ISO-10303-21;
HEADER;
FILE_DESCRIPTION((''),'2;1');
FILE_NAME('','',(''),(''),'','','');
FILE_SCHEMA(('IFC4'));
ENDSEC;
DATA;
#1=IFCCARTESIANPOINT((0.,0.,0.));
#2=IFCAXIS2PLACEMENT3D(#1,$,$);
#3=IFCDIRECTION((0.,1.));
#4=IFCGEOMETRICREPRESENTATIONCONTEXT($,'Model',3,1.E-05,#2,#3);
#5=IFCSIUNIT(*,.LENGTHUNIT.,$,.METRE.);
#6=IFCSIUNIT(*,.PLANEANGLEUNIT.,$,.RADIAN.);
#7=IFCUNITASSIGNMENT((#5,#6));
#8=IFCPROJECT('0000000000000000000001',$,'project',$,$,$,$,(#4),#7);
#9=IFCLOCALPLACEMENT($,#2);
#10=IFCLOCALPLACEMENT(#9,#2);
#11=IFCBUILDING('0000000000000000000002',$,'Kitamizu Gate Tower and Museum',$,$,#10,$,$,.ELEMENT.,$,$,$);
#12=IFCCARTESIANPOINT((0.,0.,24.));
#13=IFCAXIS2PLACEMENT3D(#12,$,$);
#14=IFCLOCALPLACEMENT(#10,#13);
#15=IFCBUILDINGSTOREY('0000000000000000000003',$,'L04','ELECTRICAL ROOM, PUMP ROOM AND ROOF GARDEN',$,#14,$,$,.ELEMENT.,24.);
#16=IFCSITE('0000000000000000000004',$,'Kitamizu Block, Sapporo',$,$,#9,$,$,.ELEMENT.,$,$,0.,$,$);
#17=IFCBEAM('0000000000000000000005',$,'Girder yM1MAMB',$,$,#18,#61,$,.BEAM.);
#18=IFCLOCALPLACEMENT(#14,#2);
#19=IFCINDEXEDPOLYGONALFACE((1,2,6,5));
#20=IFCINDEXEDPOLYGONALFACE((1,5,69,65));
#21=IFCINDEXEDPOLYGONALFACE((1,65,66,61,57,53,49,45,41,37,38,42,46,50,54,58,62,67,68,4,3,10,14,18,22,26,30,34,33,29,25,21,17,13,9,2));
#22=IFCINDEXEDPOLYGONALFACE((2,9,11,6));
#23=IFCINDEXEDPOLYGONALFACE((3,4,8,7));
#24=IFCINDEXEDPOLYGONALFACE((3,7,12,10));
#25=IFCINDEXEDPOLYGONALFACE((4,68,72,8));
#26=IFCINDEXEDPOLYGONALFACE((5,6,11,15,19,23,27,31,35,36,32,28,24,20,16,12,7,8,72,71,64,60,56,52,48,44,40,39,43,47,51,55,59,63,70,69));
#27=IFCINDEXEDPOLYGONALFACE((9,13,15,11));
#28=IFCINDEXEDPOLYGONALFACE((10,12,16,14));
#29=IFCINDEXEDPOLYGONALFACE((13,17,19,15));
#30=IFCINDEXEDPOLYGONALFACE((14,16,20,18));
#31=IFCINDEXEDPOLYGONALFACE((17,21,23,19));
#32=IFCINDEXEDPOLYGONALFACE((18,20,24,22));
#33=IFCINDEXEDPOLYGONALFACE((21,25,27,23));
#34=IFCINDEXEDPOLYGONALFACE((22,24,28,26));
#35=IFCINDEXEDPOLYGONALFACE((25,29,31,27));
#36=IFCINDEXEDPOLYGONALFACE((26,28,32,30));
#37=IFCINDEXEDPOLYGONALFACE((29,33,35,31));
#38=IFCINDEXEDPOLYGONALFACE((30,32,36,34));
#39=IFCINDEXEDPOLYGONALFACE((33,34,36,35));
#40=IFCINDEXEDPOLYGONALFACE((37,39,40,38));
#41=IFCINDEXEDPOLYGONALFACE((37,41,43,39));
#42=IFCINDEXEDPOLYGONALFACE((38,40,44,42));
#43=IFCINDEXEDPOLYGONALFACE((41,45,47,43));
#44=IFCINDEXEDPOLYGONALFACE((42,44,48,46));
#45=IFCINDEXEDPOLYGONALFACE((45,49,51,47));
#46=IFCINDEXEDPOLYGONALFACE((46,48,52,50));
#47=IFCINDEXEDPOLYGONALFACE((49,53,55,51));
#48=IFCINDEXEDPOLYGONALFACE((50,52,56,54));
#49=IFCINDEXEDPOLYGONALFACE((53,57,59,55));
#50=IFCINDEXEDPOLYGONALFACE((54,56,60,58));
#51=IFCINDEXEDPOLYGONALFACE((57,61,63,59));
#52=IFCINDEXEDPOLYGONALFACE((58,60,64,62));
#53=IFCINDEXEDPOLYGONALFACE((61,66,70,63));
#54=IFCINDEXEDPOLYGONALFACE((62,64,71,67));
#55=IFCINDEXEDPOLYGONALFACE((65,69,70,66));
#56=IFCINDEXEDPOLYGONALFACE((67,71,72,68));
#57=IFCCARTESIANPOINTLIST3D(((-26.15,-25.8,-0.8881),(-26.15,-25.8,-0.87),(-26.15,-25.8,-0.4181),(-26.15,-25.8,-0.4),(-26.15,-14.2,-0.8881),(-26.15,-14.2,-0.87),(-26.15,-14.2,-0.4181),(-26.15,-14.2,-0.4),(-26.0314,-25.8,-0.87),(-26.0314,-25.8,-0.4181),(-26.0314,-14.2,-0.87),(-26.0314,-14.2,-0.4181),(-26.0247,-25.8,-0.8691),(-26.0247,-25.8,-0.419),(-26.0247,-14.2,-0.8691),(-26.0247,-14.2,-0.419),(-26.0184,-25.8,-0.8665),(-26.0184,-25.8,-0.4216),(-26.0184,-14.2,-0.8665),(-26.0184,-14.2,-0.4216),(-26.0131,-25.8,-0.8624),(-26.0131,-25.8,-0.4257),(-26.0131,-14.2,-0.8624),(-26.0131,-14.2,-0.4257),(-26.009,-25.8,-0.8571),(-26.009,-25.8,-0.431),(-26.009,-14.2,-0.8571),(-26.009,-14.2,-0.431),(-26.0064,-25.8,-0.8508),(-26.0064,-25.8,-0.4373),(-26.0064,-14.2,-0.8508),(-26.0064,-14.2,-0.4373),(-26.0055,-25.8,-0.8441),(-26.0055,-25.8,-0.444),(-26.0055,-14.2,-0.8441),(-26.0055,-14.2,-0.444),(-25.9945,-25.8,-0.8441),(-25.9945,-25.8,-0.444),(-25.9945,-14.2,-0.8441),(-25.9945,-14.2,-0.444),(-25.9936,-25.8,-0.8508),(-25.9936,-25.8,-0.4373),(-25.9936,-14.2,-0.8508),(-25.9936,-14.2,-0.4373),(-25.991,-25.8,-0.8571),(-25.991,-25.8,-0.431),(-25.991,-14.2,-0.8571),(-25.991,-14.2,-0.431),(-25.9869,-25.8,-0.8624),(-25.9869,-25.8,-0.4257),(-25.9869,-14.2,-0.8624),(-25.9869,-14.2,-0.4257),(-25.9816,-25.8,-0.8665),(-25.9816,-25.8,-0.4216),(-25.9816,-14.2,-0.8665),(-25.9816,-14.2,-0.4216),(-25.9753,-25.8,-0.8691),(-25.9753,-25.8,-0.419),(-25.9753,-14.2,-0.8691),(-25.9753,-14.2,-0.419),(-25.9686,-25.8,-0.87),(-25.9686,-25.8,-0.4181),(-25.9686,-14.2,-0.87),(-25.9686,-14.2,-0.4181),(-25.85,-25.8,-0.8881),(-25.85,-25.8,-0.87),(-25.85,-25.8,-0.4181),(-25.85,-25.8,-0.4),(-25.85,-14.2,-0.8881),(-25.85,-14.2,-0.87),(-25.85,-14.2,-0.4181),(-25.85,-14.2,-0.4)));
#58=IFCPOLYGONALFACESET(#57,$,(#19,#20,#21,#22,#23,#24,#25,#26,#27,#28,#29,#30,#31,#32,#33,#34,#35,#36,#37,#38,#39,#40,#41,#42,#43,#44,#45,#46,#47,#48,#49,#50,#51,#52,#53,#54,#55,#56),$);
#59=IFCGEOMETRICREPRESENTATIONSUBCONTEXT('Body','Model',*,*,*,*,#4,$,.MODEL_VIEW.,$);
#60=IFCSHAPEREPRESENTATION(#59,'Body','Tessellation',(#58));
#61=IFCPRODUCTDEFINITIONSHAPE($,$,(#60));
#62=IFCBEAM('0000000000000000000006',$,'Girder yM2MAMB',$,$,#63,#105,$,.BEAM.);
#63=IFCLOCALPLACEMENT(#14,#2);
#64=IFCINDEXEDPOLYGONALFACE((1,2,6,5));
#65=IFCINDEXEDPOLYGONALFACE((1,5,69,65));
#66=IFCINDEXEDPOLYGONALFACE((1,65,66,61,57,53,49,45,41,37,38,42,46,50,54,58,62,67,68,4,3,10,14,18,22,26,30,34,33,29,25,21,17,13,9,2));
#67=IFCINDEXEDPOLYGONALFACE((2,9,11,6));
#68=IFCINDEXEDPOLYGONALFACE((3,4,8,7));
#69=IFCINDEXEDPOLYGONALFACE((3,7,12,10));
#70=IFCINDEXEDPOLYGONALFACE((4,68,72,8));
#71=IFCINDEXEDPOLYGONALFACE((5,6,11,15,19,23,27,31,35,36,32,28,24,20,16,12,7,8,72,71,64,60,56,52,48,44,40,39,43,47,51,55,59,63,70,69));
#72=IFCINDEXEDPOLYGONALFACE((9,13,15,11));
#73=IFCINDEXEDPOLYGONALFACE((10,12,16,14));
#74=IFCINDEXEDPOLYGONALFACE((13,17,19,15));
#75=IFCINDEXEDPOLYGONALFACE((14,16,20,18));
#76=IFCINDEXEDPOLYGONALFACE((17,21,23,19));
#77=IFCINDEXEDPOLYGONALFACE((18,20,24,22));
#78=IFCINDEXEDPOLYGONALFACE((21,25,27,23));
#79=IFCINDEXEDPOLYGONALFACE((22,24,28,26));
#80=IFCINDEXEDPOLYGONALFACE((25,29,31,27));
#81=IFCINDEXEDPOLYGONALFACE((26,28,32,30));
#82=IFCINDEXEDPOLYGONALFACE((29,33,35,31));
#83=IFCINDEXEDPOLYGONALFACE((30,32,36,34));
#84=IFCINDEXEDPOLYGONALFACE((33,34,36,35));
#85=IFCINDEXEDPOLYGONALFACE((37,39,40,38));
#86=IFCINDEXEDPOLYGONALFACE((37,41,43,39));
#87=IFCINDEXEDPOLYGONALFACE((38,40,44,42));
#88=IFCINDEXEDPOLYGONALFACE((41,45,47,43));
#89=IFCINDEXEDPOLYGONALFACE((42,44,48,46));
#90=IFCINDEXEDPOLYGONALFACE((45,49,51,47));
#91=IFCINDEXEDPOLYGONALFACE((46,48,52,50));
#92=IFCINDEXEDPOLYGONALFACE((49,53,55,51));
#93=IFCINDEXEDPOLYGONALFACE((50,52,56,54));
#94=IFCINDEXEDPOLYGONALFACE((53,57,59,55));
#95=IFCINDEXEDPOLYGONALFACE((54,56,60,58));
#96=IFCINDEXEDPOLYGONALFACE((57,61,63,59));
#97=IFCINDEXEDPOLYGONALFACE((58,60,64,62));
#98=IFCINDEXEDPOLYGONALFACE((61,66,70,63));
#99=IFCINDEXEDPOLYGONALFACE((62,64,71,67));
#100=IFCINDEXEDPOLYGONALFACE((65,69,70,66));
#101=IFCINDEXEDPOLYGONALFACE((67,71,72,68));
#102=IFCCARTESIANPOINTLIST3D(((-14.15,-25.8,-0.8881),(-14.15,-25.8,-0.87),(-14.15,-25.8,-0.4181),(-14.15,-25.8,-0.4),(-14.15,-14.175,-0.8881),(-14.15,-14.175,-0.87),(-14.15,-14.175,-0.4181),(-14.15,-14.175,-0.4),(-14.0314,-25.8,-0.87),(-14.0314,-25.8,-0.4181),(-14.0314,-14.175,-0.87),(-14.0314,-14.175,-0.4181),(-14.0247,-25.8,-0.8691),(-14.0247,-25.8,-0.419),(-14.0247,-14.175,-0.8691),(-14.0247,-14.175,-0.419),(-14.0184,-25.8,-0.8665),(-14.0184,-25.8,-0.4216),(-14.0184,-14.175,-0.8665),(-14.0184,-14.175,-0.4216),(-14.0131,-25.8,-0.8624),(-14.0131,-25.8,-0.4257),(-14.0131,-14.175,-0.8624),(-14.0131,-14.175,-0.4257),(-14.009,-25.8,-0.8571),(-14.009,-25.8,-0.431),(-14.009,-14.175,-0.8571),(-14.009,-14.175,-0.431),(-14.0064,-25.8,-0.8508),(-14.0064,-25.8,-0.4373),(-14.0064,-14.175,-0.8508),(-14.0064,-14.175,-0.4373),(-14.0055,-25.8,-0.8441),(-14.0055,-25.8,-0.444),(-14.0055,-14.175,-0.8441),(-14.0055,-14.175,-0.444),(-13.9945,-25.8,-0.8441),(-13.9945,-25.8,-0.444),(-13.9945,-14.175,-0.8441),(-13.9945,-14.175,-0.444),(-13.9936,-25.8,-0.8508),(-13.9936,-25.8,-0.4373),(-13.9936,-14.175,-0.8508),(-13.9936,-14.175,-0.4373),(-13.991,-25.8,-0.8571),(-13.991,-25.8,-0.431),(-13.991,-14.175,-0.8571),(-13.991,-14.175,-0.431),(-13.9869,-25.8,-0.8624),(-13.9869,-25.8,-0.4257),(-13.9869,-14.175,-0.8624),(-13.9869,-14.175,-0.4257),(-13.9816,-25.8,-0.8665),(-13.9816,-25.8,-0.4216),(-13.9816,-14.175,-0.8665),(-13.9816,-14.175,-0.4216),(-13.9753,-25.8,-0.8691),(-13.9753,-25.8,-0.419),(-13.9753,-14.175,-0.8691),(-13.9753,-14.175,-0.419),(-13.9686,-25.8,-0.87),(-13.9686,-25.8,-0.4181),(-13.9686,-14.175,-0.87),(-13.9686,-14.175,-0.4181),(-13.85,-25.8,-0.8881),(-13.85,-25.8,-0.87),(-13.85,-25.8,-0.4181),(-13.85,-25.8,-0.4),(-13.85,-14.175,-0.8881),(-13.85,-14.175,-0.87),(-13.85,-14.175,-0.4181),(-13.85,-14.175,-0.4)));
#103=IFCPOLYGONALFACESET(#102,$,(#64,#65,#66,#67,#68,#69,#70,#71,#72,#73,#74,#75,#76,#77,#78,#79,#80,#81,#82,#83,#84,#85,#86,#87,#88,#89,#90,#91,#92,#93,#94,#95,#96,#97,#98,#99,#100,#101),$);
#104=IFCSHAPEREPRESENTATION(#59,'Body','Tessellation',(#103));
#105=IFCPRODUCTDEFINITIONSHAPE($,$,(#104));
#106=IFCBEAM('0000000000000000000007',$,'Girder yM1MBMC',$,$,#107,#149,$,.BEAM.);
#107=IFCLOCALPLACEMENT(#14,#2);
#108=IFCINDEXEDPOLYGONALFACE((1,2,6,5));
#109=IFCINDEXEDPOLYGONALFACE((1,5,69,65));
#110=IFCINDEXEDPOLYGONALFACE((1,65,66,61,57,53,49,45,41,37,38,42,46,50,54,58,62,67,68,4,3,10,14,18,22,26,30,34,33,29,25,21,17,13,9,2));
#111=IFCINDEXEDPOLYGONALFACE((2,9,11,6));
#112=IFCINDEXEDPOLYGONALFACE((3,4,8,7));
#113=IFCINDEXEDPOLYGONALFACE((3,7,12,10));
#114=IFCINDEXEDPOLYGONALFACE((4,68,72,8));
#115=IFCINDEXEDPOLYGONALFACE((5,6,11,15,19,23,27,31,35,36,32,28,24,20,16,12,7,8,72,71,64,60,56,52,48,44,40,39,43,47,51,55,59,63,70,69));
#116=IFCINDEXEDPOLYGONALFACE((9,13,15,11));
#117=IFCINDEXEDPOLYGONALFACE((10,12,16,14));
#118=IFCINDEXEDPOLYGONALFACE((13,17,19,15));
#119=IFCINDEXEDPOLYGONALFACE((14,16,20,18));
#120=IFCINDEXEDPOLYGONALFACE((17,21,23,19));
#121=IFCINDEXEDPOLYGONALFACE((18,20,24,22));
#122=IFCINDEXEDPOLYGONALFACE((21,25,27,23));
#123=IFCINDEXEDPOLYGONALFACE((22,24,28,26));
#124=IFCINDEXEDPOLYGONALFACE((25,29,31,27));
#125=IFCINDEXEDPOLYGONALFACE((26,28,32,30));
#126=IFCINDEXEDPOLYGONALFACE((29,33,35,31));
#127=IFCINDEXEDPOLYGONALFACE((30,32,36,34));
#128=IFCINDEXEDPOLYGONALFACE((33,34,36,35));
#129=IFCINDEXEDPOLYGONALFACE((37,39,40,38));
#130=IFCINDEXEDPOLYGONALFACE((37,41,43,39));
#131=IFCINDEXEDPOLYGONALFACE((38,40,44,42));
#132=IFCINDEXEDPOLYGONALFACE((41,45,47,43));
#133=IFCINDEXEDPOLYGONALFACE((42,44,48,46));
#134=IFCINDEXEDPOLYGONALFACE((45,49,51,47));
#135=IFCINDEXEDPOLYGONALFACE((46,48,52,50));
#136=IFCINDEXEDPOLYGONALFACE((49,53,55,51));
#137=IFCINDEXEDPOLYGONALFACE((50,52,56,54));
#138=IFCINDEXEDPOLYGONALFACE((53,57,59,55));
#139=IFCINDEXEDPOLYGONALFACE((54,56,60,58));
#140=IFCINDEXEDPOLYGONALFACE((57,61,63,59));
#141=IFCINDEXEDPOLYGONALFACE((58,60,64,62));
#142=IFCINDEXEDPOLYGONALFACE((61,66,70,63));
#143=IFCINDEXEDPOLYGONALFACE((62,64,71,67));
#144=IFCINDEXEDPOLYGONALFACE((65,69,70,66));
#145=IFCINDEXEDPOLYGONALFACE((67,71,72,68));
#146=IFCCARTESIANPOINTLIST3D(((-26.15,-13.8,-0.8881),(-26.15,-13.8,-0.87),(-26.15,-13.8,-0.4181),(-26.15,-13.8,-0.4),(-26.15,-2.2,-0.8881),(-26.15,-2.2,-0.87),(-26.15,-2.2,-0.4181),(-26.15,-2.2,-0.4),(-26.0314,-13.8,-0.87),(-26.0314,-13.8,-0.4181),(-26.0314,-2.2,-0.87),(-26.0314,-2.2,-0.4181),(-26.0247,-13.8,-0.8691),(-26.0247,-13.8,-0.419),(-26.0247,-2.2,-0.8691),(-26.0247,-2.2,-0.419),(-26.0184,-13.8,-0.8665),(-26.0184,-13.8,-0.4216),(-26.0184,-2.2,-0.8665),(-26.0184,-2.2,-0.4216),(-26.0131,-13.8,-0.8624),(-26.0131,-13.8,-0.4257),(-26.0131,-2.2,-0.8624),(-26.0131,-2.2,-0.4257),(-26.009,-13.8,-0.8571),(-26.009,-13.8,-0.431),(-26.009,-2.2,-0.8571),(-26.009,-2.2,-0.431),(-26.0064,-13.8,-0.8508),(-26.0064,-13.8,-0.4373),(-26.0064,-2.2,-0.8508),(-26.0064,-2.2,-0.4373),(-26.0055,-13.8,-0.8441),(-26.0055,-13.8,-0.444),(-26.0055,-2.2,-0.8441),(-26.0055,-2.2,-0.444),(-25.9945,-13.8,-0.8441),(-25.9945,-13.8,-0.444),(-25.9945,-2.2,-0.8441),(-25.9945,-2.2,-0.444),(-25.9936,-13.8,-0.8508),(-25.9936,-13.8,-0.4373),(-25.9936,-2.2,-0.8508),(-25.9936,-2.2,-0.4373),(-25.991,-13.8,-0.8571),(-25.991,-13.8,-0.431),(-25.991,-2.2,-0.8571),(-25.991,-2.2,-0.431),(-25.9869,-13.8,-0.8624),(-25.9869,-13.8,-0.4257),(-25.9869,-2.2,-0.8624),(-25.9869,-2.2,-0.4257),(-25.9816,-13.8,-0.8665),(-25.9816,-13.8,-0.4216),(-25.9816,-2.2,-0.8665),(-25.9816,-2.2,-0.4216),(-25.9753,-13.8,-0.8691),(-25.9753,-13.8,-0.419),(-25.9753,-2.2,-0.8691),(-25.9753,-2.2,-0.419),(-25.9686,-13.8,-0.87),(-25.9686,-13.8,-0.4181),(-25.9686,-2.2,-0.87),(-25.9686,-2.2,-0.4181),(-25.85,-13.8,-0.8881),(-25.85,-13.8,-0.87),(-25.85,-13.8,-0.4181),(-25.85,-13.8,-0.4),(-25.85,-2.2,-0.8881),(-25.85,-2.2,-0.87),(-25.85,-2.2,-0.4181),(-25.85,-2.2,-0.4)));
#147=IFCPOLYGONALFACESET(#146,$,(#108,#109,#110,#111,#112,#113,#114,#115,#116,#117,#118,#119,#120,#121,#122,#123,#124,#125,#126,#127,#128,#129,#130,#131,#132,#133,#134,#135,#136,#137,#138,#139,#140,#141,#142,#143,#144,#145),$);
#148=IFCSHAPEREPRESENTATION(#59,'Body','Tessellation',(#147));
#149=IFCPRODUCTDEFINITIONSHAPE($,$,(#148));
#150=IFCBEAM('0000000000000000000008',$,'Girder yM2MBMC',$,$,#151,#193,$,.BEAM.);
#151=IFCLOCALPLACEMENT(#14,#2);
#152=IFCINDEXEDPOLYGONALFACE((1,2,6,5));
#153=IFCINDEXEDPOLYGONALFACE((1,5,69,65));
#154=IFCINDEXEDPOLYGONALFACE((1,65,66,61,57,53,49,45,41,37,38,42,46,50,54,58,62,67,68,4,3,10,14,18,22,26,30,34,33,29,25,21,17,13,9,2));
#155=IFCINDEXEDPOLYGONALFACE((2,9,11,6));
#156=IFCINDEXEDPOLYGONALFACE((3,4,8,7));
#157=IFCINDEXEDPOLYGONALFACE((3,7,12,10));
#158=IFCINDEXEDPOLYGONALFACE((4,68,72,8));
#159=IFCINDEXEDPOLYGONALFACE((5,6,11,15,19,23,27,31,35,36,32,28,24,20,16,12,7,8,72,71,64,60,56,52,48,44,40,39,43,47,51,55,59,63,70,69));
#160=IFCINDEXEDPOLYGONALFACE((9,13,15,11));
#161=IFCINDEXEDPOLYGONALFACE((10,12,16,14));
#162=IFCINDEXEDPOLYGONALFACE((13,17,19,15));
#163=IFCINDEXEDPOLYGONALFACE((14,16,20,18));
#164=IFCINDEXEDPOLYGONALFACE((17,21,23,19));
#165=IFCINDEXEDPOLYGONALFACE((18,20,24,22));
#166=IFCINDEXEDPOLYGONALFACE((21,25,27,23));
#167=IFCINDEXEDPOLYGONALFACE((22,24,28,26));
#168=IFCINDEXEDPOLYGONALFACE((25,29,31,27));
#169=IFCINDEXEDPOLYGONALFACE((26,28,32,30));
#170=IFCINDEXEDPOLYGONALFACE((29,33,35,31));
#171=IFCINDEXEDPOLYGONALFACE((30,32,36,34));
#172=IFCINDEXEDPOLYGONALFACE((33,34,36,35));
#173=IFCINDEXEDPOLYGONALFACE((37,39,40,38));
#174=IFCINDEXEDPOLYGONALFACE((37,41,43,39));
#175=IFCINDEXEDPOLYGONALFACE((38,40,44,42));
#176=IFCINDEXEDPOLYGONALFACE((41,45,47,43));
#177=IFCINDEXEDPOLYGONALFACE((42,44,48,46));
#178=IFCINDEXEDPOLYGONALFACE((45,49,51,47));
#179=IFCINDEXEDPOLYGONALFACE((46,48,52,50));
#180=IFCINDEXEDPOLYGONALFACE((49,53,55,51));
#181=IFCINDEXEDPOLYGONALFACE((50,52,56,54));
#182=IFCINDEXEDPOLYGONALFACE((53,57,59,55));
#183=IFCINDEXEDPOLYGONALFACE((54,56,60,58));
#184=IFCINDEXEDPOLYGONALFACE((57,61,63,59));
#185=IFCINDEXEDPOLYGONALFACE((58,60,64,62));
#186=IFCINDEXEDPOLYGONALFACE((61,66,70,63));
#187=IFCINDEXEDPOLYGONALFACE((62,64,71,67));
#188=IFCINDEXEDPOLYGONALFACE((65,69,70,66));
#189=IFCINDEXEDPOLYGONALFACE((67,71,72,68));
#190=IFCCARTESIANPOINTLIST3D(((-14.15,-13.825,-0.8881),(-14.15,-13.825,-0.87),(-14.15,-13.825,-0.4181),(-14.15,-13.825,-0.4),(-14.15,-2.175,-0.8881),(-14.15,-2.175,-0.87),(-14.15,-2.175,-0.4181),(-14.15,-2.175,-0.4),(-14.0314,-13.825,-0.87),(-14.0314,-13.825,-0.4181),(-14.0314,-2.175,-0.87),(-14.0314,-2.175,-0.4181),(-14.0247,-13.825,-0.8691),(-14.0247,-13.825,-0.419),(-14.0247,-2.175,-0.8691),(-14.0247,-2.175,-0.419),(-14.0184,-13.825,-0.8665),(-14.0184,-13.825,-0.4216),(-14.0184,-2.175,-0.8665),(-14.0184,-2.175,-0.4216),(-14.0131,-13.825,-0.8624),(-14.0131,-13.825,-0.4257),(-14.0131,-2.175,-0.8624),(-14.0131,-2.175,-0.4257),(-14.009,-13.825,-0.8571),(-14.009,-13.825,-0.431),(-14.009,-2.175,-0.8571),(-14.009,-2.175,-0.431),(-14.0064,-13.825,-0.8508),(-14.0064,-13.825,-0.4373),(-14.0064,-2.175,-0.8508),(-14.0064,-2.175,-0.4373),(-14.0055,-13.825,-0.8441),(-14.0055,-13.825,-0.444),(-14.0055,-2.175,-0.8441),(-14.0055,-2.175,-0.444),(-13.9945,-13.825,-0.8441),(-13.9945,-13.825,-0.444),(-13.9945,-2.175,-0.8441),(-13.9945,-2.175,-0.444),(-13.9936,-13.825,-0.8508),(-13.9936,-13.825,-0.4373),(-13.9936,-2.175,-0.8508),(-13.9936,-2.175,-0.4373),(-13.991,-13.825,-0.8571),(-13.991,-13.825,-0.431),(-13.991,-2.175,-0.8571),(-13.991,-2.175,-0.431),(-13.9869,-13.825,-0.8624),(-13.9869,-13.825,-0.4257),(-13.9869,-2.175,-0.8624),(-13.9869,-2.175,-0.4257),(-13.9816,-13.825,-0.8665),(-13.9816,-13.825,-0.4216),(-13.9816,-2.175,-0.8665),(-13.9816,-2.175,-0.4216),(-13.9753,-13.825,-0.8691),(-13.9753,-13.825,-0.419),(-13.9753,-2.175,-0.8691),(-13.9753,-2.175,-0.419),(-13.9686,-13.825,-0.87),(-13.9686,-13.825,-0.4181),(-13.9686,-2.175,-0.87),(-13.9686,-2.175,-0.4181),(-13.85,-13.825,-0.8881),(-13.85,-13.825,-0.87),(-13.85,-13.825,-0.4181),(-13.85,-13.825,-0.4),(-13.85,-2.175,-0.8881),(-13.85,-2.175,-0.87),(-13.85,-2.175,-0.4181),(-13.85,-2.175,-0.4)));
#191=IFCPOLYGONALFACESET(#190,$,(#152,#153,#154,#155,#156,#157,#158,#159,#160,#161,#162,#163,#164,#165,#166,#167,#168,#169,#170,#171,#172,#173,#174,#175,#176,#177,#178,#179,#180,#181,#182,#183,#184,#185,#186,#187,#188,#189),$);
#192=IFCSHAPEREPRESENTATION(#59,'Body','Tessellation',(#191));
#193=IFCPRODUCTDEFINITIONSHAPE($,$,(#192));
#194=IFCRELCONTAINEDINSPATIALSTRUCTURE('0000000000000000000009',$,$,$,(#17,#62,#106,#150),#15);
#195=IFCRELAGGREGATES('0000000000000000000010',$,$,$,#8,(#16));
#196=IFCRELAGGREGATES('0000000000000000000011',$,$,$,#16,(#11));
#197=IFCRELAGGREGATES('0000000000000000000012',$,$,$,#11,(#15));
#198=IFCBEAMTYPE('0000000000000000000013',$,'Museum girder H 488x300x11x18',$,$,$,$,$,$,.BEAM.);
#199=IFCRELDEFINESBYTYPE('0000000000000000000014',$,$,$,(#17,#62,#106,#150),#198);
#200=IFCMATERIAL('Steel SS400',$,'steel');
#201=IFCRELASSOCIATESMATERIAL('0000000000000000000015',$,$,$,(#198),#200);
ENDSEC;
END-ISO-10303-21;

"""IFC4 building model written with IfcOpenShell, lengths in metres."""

from ifc_helpers import new_model, si_unit, direction, frame, origin, origin_2d, place, context, subcontext, project, spatial, i_section, extrude, material, material_profile, profile_set, type_object, element, save


model = new_model("IFC4")

# Units and contexts
model_context = context("Model", 3, precision=1e-05, world=origin(), true_north=direction((0.0, 1.0)))
body_context = subcontext(model_context, "Body", "Model", "MODEL_VIEW")
ifc_project = project(units=[si_unit("LENGTHUNIT", "METRE"), si_unit("PLANEANGLEUNIT", "RADIAN")], contexts=[model_context])

# Site, building, storey
site_placement = place(None, origin())
site = spatial("IfcSite", under=ifc_project, at=site_placement, Name="Kitamizu Block, Sapporo", CompositionType="ELEMENT", RefElevation=0.0)
building_placement = place(site_placement, origin())
building = spatial("IfcBuilding", under=site, at=building_placement, Name="Kitamizu Gate Tower and Museum", CompositionType="ELEMENT")
storey_placement = place(building_placement, frame((0.0, 0.0, 24.0)))
storey = spatial("IfcBuildingStorey", under=building, at=storey_placement, Name="L04", Description="ELECTRICAL ROOM, PUMP ROOM AND ROOF GARDEN", CompositionType="ELEMENT", Elevation=24.0)

# Beams
ifc_material_1 = material(Name="Steel SS400", Category="steel")
ifc_material_profile_1 = material_profile(ifc_material_1, i_section(OverallWidth=0.3, OverallDepth=0.488, WebThickness=0.011, FlangeThickness=0.0181, FilletRadius=0.0259, at=origin_2d()), Name="H-488x300x11x18")
ifc_profile_set_1 = profile_set([ifc_material_profile_1], Name="Steel SS400")
beam_type_1 = type_object("IfcBeamType", Name="Museum girder H 488x300x11x18", PredefinedType="BEAM", material=ifc_profile_set_1)
beam_1_placement = place(storey_placement, frame((-26.0, -25.8, -0.644), z_axis=(0.0, 1.0, 0.0), x_axis=(-1.0, 0.0, 0.0)))
element("IfcBeam", 1, at=beam_1_placement, inside=storey, type_object=beam_type_1, Name="Girder yM1MAMB", PredefinedType="BEAM", context=body_context, shape_type="SweptSolid", body=[
    extrude(i_section(OverallWidth=0.3, OverallDepth=0.488, WebThickness=0.011, FlangeThickness=0.0181, FilletRadius=0.0259, at=origin_2d()), origin(), (0.0, 0.0, 1.0), 11.6001),
])
beam_2_placement = place(storey_placement, frame((-14.0, -25.8, -0.644), z_axis=(0.0, 1.0, 0.0), x_axis=(-1.0, 0.0, 0.0)))
element("IfcBeam", 2, at=beam_2_placement, inside=storey, type_object=beam_type_1, Name="Girder yM2MAMB", PredefinedType="BEAM", context=body_context, shape_type="SweptSolid", body=[
    extrude(i_section(OverallWidth=0.3, OverallDepth=0.488, WebThickness=0.011, FlangeThickness=0.0181, FilletRadius=0.0259, at=origin_2d()), origin(), (0.0, 0.0, 1.0), 11.625),
])
beam_3_placement = place(storey_placement, frame((-26.0, -13.8, -0.644), z_axis=(0.0, 1.0, 0.0), x_axis=(-1.0, 0.0, 0.0)))
element("IfcBeam", 3, at=beam_3_placement, inside=storey, type_object=beam_type_1, Name="Girder yM1MBMC", PredefinedType="BEAM", context=body_context, shape_type="SweptSolid", body=[
    extrude(i_section(OverallWidth=0.3, OverallDepth=0.488, WebThickness=0.011, FlangeThickness=0.0181, FilletRadius=0.0259, at=origin_2d()), origin(), (0.0, 0.0, 1.0), 11.6001),
])
beam_4_placement = place(storey_placement, frame((-14.0, -13.825, -0.644), z_axis=(0.0, 1.0, 0.0), x_axis=(-1.0, 0.0, 0.0)))
element("IfcBeam", 4, at=beam_4_placement, inside=storey, type_object=beam_type_1, Name="Girder yM2MBMC", PredefinedType="BEAM", context=body_context, shape_type="SweptSolid", body=[
    extrude(i_section(OverallWidth=0.3, OverallDepth=0.488, WebThickness=0.011, FlangeThickness=0.0181, FilletRadius=0.0259, at=origin_2d()), origin(), (0.0, 0.0, 1.0), 11.6499),
])

save(model, "model.ifc")
